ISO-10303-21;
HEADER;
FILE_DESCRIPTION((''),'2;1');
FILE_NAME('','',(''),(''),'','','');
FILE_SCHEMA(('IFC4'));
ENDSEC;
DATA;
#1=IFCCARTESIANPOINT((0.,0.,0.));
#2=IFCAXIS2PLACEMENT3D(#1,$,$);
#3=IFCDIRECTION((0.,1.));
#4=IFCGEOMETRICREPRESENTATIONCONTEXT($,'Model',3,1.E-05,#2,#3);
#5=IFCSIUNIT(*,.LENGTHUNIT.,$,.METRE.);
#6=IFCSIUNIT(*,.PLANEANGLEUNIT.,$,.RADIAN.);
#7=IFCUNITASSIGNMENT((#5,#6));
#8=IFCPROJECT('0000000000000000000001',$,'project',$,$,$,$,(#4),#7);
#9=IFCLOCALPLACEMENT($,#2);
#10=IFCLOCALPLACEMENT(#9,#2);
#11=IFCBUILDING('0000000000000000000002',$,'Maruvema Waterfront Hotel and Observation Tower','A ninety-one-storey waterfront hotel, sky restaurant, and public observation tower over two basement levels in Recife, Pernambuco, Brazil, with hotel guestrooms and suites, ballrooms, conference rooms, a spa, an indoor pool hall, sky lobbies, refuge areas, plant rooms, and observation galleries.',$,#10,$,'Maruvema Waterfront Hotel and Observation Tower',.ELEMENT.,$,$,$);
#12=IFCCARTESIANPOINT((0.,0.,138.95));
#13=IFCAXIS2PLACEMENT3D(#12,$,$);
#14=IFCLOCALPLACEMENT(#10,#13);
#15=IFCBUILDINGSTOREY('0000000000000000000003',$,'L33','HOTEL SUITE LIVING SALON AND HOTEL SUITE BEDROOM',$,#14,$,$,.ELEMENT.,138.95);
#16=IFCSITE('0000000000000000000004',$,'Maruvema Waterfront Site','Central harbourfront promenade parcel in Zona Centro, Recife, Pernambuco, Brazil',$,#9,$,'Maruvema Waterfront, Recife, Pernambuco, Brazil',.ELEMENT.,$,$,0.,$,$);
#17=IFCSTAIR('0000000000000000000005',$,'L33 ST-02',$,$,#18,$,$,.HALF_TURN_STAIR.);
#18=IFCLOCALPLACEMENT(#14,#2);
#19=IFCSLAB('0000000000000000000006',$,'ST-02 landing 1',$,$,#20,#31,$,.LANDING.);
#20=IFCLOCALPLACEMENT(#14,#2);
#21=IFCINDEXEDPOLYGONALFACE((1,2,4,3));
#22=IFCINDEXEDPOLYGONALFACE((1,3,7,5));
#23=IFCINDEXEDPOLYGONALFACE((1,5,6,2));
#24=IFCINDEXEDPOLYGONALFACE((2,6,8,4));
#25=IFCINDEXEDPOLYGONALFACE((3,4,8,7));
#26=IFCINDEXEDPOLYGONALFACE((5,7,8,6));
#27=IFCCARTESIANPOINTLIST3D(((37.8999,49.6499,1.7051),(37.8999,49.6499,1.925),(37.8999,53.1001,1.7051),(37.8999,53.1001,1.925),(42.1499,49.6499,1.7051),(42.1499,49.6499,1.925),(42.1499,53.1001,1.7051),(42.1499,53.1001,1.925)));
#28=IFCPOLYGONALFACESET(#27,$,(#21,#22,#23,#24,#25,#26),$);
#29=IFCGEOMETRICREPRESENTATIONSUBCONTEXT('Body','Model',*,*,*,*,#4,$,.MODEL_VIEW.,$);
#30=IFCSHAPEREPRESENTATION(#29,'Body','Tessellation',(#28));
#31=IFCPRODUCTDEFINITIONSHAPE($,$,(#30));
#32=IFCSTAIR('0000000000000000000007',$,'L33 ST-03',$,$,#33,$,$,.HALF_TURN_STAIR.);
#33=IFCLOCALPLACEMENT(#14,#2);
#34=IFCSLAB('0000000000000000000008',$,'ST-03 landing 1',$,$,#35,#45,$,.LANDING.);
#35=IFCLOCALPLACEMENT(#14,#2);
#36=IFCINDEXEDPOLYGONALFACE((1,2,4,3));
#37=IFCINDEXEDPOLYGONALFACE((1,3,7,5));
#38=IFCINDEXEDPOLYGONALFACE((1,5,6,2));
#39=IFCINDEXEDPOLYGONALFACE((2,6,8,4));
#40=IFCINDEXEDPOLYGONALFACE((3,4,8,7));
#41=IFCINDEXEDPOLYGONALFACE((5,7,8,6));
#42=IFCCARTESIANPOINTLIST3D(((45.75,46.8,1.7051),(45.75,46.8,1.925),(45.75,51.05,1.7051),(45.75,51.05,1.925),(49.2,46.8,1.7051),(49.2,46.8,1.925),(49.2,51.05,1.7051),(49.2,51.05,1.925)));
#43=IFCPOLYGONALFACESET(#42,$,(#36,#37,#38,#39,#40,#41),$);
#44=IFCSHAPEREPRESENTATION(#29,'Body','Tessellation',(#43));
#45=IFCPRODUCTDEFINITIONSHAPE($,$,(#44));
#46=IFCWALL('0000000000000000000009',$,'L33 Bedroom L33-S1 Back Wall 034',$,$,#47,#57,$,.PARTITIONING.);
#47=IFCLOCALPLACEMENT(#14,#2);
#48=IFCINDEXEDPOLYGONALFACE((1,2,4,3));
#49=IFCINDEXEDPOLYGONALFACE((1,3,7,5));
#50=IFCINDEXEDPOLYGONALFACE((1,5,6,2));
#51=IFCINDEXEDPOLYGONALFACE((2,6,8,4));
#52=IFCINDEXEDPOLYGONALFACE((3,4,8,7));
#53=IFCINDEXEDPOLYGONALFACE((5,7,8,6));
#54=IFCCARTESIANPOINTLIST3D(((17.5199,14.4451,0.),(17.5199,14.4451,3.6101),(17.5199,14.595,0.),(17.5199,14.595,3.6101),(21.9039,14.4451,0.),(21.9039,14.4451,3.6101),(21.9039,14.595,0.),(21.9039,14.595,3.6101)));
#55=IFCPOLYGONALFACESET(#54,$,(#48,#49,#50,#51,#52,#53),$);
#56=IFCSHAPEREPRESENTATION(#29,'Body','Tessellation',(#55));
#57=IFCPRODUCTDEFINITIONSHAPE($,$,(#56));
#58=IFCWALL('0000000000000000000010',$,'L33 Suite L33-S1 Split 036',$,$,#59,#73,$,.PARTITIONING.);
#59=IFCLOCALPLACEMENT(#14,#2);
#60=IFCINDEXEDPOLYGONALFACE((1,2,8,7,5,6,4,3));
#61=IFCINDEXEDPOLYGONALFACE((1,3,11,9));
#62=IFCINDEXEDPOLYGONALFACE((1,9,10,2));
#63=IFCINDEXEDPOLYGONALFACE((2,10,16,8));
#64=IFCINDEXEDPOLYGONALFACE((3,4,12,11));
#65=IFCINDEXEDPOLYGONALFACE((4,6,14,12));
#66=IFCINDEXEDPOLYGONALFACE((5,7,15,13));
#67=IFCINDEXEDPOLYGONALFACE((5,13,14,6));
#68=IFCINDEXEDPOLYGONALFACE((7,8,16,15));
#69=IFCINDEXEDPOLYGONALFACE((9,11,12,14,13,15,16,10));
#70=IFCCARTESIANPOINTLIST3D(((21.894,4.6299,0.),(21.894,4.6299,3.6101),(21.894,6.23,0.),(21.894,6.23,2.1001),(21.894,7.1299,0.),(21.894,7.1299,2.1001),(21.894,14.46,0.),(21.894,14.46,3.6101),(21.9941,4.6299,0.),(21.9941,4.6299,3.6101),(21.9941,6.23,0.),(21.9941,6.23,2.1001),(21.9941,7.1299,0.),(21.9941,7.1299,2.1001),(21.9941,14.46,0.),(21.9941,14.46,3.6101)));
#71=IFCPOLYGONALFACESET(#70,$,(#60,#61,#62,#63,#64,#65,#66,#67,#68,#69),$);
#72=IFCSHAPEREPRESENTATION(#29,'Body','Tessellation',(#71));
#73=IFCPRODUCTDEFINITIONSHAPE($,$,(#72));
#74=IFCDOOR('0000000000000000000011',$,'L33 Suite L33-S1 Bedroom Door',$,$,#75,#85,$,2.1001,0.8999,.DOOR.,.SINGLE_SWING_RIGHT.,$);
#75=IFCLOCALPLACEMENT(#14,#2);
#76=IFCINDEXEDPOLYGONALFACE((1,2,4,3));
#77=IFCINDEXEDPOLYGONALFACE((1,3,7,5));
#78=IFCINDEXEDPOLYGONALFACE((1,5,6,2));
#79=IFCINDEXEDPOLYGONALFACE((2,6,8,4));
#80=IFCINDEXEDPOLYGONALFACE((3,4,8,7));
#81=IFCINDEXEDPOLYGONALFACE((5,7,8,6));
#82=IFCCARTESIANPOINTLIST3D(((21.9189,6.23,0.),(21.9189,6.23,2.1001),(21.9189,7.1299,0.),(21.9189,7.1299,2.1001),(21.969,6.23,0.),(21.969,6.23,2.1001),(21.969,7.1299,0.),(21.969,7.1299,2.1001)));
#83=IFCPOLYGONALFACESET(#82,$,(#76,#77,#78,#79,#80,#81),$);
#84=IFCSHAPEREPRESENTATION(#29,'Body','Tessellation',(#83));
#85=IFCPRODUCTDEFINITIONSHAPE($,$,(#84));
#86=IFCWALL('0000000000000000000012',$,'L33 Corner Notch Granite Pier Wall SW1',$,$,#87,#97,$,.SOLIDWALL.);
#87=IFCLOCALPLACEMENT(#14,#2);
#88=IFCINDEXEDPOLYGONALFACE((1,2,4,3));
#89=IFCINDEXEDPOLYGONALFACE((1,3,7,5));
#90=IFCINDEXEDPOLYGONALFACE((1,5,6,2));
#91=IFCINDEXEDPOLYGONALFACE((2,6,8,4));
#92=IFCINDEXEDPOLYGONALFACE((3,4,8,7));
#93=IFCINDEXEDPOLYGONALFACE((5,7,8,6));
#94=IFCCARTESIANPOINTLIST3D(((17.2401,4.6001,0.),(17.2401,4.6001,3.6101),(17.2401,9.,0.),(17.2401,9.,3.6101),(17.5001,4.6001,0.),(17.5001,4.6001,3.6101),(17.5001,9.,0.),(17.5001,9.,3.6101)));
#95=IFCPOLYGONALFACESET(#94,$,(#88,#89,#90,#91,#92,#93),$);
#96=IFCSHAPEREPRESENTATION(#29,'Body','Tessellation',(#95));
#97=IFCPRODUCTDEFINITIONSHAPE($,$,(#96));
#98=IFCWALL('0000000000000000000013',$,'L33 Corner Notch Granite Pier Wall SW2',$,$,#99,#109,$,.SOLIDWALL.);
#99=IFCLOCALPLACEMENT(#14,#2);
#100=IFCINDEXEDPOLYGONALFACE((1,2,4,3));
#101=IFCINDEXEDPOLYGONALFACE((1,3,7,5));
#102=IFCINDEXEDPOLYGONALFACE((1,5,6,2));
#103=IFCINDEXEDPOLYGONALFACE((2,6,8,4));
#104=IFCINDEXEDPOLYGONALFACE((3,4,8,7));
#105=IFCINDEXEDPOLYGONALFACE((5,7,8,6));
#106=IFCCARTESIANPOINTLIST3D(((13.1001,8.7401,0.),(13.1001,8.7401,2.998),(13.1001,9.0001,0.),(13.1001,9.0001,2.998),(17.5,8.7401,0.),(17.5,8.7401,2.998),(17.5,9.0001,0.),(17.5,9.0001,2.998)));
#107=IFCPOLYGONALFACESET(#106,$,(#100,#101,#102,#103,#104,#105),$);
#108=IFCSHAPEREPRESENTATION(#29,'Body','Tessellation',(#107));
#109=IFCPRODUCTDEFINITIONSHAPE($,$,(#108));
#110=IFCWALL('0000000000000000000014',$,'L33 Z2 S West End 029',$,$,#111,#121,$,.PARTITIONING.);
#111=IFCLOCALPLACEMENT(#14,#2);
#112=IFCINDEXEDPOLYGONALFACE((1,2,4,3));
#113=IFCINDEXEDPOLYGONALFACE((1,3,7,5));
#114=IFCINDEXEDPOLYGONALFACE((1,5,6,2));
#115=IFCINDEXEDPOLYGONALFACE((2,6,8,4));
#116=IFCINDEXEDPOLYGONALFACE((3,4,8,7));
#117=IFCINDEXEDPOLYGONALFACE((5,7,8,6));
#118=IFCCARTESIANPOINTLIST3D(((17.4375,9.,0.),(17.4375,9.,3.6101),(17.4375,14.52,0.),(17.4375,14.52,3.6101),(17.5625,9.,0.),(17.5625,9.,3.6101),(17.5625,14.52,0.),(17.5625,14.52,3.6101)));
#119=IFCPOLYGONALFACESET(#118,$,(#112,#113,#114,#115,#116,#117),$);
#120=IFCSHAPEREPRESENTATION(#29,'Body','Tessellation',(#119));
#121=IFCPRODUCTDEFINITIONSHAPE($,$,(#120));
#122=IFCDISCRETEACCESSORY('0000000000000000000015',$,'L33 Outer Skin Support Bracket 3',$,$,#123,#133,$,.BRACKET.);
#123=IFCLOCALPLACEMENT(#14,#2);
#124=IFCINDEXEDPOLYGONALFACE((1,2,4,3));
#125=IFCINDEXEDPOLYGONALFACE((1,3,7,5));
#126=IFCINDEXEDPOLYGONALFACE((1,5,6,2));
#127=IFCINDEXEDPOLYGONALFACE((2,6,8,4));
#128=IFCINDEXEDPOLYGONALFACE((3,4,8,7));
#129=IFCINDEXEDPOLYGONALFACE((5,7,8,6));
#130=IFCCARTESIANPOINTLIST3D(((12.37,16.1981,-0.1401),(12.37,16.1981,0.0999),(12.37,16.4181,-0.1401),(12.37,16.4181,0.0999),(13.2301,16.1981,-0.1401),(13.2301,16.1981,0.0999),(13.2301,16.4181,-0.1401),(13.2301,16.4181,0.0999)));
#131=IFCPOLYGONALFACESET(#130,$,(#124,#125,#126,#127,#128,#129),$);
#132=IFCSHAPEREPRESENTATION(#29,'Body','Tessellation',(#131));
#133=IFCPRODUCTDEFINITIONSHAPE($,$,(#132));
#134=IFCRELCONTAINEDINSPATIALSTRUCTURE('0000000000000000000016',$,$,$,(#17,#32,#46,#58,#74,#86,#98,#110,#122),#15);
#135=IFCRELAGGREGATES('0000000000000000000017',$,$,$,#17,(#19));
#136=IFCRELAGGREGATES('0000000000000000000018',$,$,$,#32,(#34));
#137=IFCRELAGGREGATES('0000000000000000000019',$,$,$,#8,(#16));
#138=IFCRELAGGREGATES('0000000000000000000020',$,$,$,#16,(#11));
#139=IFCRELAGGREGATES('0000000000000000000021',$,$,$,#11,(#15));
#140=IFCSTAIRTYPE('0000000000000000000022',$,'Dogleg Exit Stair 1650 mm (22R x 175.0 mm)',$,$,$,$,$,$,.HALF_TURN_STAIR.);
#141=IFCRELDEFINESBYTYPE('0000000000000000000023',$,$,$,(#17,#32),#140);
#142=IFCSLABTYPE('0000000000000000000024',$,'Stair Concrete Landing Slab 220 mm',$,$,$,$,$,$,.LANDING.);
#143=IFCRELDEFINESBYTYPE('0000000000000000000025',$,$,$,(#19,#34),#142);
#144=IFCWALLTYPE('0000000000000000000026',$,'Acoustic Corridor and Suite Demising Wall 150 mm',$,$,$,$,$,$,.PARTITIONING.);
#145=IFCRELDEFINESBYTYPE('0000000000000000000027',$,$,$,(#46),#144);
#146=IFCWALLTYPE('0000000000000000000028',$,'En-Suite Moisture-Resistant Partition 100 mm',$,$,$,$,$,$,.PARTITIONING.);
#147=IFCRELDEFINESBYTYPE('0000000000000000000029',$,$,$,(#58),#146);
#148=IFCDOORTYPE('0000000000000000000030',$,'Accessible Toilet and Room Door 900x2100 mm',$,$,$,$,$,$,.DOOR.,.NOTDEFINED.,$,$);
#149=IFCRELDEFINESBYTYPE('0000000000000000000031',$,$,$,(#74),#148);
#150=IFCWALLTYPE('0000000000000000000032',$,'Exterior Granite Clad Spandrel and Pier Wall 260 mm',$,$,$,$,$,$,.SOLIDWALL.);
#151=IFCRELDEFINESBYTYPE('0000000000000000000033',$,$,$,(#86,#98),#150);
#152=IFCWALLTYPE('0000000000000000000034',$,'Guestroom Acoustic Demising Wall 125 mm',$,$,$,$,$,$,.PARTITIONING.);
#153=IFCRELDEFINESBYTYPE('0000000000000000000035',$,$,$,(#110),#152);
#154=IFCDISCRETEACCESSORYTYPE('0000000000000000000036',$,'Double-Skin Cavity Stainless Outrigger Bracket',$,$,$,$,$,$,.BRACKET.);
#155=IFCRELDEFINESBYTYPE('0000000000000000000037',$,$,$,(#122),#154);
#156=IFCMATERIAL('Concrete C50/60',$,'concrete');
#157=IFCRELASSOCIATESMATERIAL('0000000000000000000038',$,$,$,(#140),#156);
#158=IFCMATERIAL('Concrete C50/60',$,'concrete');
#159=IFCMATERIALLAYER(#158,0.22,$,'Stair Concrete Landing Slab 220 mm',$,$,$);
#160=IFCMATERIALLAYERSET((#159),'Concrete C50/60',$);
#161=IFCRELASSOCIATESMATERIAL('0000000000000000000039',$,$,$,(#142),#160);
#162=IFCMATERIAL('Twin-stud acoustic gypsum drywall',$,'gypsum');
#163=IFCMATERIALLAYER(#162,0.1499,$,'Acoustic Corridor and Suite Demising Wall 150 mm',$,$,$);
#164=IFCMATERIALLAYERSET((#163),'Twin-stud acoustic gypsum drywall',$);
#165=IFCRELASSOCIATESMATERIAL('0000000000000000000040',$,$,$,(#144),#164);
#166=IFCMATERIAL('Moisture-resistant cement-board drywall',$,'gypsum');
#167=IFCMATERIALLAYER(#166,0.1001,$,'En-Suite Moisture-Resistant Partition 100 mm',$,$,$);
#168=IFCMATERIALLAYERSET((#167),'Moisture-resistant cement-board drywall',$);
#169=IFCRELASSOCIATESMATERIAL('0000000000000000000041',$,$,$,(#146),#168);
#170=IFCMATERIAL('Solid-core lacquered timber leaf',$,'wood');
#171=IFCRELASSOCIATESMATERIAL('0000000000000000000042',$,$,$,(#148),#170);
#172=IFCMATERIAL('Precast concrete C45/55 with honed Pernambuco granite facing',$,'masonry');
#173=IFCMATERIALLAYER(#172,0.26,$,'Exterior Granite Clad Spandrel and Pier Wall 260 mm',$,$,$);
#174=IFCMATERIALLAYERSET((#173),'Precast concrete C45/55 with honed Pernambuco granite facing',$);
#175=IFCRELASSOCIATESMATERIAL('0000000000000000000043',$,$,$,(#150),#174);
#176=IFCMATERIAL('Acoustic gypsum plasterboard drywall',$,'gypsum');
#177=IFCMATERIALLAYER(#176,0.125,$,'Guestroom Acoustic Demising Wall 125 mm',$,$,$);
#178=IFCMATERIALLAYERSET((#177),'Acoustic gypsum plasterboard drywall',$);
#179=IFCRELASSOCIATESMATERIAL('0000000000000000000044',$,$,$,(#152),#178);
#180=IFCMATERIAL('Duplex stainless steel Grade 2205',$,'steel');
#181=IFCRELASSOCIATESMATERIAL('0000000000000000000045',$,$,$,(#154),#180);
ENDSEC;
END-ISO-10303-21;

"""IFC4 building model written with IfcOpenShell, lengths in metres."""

from ifc_helpers import new_model, si_unit, direction, frame, frame_2d, origin, origin_2d, place, context, subcontext, project, spatial, polyline, rectangle, outline, extrude, material, layer, layer_set, type_object, element, fill, aggregate, save


model = new_model("IFC4")

# Units and contexts
model_context = context("Model", 3, precision=1e-05, world=origin(), true_north=direction((0.0, 1.0)))
body_context = subcontext(model_context, "Body", "Model", "MODEL_VIEW")
ifc_project = project(units=[si_unit("LENGTHUNIT", "METRE"), si_unit("PLANEANGLEUNIT", "RADIAN")], contexts=[model_context])

# Site, building, storey
site_placement = place(None, origin())
site = spatial("IfcSite", under=ifc_project, at=site_placement, Name="Maruvema Waterfront Site", Description="Central harbourfront promenade parcel in Zona Centro, Recife, Pernambuco, Brazil", LongName="Maruvema Waterfront, Recife, Pernambuco, Brazil", CompositionType="ELEMENT", RefElevation=0.0)
building_placement = place(site_placement, origin())
building = spatial("IfcBuilding", under=site, at=building_placement, Name="Maruvema Waterfront Hotel and Observation Tower", Description="A ninety-one-storey waterfront hotel, sky restaurant, and public observation tower over two basement levels in Recife, Pernambuco, Brazil, with hotel guestrooms and suites, ballrooms, conference rooms, a spa, an indoor pool hall, sky lobbies, refuge areas, plant rooms, and observation galleries.", LongName="Maruvema Waterfront Hotel and Observation Tower", CompositionType="ELEMENT")
storey_placement = place(building_placement, frame((0.0, 0.0, 138.95)))
storey = spatial("IfcBuildingStorey", under=building, at=storey_placement, Name="L33", Description="HOTEL SUITE LIVING SALON AND HOTEL SUITE BEDROOM", CompositionType="ELEMENT", Elevation=138.95)

# Stairs, slabs
ifc_material_1 = material(Name="Concrete C50/60", Category="concrete")
stair_type = type_object("IfcStairType", Name="Dogleg Exit Stair 1650 mm (22R x 175.0 mm)", PredefinedType="HALF_TURN_STAIR", material=ifc_material_1)
ifc_material_2 = material(Name="Concrete C50/60", Category="concrete")
ifc_layer_1 = layer(ifc_material_2, 0.22, Name="Stair Concrete Landing Slab 220 mm")
ifc_layer_set_1 = layer_set([ifc_layer_1], Name="Concrete C50/60")
slab_type_1 = type_object("IfcSlabType", Name="Stair Concrete Landing Slab 220 mm", PredefinedType="LANDING", material=ifc_layer_set_1)
stair_1_placement = place(storey_placement, origin())
stair_1 = element("IfcStair", 1, at=stair_1_placement, inside=storey, type_object=stair_type, Name="L33 ST-02", PredefinedType="HALF_TURN_STAIR")
slab_1_placement = place(storey_placement, frame((0.0, 0.0, 1.7051)))
slab_1 = element("IfcSlab", 2, at=slab_1_placement, type_object=slab_type_1, Name="ST-02 landing 1", PredefinedType="LANDING", context=body_context, shape_type="SweptSolid", body=[
    extrude(outline(polyline([(37.8999, 49.6499), (42.1499, 49.6499), (42.1499, 53.1001), (37.8999, 53.1001), (37.8999, 49.6499)])), origin(), (0.0, 0.0, 1.0), 0.22),
])
aggregate(stair_1, [slab_1])
stair_2_placement = place(storey_placement, origin())
stair_2 = element("IfcStair", 3, at=stair_2_placement, inside=storey, type_object=stair_type, Name="L33 ST-03", PredefinedType="HALF_TURN_STAIR")
slab_2_placement = place(storey_placement, frame((0.0, 0.0, 1.7051)))
slab_2 = element("IfcSlab", 4, at=slab_2_placement, type_object=slab_type_1, Name="ST-03 landing 1", PredefinedType="LANDING", context=body_context, shape_type="SweptSolid", body=[
    extrude(outline(polyline([(49.2, 46.8), (49.2, 51.05), (45.75, 51.05), (45.75, 46.8), (49.2, 46.8)])), origin(), (0.0, 0.0, 1.0), 0.22),
])
aggregate(stair_2, [slab_2])

# Wall
ifc_material_3 = material(Name="Twin-stud acoustic gypsum drywall", Category="gypsum")
ifc_layer_2 = layer(ifc_material_3, 0.1499, Name="Acoustic Corridor and Suite Demising Wall 150 mm")
ifc_layer_set_2 = layer_set([ifc_layer_2], Name="Twin-stud acoustic gypsum drywall")
wall_type_1 = type_object("IfcWallType", Name="Acoustic Corridor and Suite Demising Wall 150 mm", PredefinedType="PARTITIONING", material=ifc_layer_set_2)
wall_1_placement = place(storey_placement, frame((17.52, 14.52, 0.0), z_axis=(0.0, 0.0, 1.0), x_axis=(1.0, 0.0, 0.0)))
element("IfcWall", 5, at=wall_1_placement, inside=storey, type_object=wall_type_1, Name="L33 Bedroom L33-S1 Back Wall 034", PredefinedType="PARTITIONING", context=body_context, shape_type="SweptSolid", body=[
    extrude(rectangle(XDim=4.384, YDim=0.1499, at=frame_2d((2.1919, 0.0))), origin(), (0.0, 0.0, 1.0), 3.6101),
])

# Wall, opening, door
ifc_material_4 = material(Name="Moisture-resistant cement-board drywall", Category="gypsum")
ifc_layer_3 = layer(ifc_material_4, 0.1001, Name="En-Suite Moisture-Resistant Partition 100 mm")
ifc_layer_set_3 = layer_set([ifc_layer_3], Name="Moisture-resistant cement-board drywall")
wall_type_2 = type_object("IfcWallType", Name="En-Suite Moisture-Resistant Partition 100 mm", PredefinedType="PARTITIONING", material=ifc_layer_set_3)
wall_2_placement = place(storey_placement, frame((21.9441, 4.6299, 0.0), z_axis=(0.0, 0.0, 1.0), x_axis=(0.0, 1.0, 0.0)))
wall_2 = element("IfcWall", 6, at=wall_2_placement, inside=storey, type_object=wall_type_2, Name="L33 Suite L33-S1 Split 036", PredefinedType="PARTITIONING", context=body_context, shape_type="SweptSolid", body=[
    extrude(rectangle(XDim=9.8301, YDim=0.1001, at=frame_2d((4.915, 0.0))), origin(), (0.0, 0.0, 1.0), 3.6101),
])
opening_1_placement = place(wall_2_placement, frame((1.6001, 0.0, 0.0)))
opening_1 = element("IfcOpeningElement", 7, at=opening_1_placement, cuts=wall_2, PredefinedType="OPENING", context=body_context, shape_type="SweptSolid", body=[
    extrude(rectangle(XDim=0.8999, YDim=2.1001, at=frame_2d((0.45, 1.05))), frame((0.0, 0.0601, 0.0), z_axis=(0.0, -1.0, 0.0), x_axis=(1.0, 0.0, 0.0)), (0.0, 0.0, 1.0), 0.1201),
])
ifc_material_5 = material(Name="Solid-core lacquered timber leaf", Category="wood")
door_type_1 = type_object("IfcDoorType", Name="Accessible Toilet and Room Door 900x2100 mm", OperationType="NOTDEFINED", PredefinedType="DOOR", material=ifc_material_5)
door_1_placement = place(opening_1_placement, frame((0.8999, 0.0, 0.0), z_axis=(0.0, 0.0, 1.0), x_axis=(-1.0, 0.0, 0.0)))
door_1 = element("IfcDoor", 8, at=door_1_placement, inside=storey, type_object=door_type_1, Name="L33 Suite L33-S1 Bedroom Door", OperationType="SINGLE_SWING_RIGHT", OverallHeight=2.1001, OverallWidth=0.8999, PredefinedType="DOOR", context=body_context, shape_type="SweptSolid", body=[
    extrude(rectangle(XDim=0.8999, YDim=2.1001, at=frame_2d((0.45, 1.05))), frame((0.0, 0.0249, 0.0), z_axis=(0.0, -1.0, 0.0), x_axis=(1.0, 0.0, 0.0)), (0.0, 0.0, 1.0), 0.05),
])
fill(opening_1, door_1)

# Walls
ifc_material_6 = material(Name="Precast concrete C45/55 with honed Pernambuco granite facing", Category="masonry")
ifc_layer_4 = layer(ifc_material_6, 0.26, Name="Exterior Granite Clad Spandrel and Pier Wall 260 mm")
ifc_layer_set_4 = layer_set([ifc_layer_4], Name="Precast concrete C45/55 with honed Pernambuco granite facing")
wall_type_3 = type_object("IfcWallType", Name="Exterior Granite Clad Spandrel and Pier Wall 260 mm", PredefinedType="SOLIDWALL", material=ifc_layer_set_4)
wall_3_placement = place(storey_placement, frame((17.3701, 4.6001, 0.0), z_axis=(0.0, 0.0, 1.0), x_axis=(0.0, 1.0, 0.0)))
element("IfcWall", 9, at=wall_3_placement, inside=storey, type_object=wall_type_3, Name="L33 Corner Notch Granite Pier Wall SW1", PredefinedType="SOLIDWALL", context=body_context, shape_type="SweptSolid", body=[
    extrude(rectangle(XDim=4.3999, YDim=0.26, at=frame_2d((2.2, 0.0))), origin(), (0.0, 0.0, 1.0), 3.6101),
])
wall_4_placement = place(storey_placement, frame((17.5, 8.8701, 0.0), z_axis=(0.0, 0.0, 1.0), x_axis=(-1.0, 0.0, 0.0)))
element("IfcWall", 10, at=wall_4_placement, inside=storey, type_object=wall_type_3, Name="L33 Corner Notch Granite Pier Wall SW2", PredefinedType="SOLIDWALL", context=body_context, shape_type="SweptSolid", body=[
    extrude(rectangle(XDim=4.3999, YDim=0.26, at=frame_2d((2.2, 0.0))), origin(), (0.0, 0.0, 1.0), 2.998),
])
ifc_material_7 = material(Name="Acoustic gypsum plasterboard drywall", Category="gypsum")
ifc_layer_5 = layer(ifc_material_7, 0.125, Name="Guestroom Acoustic Demising Wall 125 mm")
ifc_layer_set_5 = layer_set([ifc_layer_5], Name="Acoustic gypsum plasterboard drywall")
wall_type_4 = type_object("IfcWallType", Name="Guestroom Acoustic Demising Wall 125 mm", PredefinedType="PARTITIONING", material=ifc_layer_set_5)
wall_5_placement = place(storey_placement, frame((17.5, 9.0, 0.0), z_axis=(0.0, 0.0, 1.0), x_axis=(0.0, 1.0, 0.0)))
element("IfcWall", 11, at=wall_5_placement, inside=storey, type_object=wall_type_4, Name="L33 Z2 S West End 029", PredefinedType="PARTITIONING", context=body_context, shape_type="SweptSolid", body=[
    extrude(rectangle(XDim=5.52, YDim=0.125, at=frame_2d((2.76, 0.0))), origin(), (0.0, 0.0, 1.0), 3.6101),
])

# Discrete accessory
ifc_material_8 = material(Name="Duplex stainless steel Grade 2205", Category="steel")
discrete_accessory_type = type_object("IfcDiscreteAccessoryType", Name="Double-Skin Cavity Stainless Outrigger Bracket", PredefinedType="BRACKET", material=ifc_material_8)
discrete_accessory_placement = place(storey_placement, frame((12.8, 16.3081, -0.1401), z_axis=(0.0, 0.0, 1.0), x_axis=(0.0, -1.0, 0.0)))
element("IfcDiscreteAccessory", 12, at=discrete_accessory_placement, inside=storey, type_object=discrete_accessory_type, Name="L33 Outer Skin Support Bracket 3", PredefinedType="BRACKET", context=body_context, shape_type="SweptSolid", body=[
    extrude(rectangle(XDim=0.22, YDim=0.8601, at=origin_2d()), origin(), (0.0, 0.0, 1.0), 0.24),
])

save(model, "model.ifc")
